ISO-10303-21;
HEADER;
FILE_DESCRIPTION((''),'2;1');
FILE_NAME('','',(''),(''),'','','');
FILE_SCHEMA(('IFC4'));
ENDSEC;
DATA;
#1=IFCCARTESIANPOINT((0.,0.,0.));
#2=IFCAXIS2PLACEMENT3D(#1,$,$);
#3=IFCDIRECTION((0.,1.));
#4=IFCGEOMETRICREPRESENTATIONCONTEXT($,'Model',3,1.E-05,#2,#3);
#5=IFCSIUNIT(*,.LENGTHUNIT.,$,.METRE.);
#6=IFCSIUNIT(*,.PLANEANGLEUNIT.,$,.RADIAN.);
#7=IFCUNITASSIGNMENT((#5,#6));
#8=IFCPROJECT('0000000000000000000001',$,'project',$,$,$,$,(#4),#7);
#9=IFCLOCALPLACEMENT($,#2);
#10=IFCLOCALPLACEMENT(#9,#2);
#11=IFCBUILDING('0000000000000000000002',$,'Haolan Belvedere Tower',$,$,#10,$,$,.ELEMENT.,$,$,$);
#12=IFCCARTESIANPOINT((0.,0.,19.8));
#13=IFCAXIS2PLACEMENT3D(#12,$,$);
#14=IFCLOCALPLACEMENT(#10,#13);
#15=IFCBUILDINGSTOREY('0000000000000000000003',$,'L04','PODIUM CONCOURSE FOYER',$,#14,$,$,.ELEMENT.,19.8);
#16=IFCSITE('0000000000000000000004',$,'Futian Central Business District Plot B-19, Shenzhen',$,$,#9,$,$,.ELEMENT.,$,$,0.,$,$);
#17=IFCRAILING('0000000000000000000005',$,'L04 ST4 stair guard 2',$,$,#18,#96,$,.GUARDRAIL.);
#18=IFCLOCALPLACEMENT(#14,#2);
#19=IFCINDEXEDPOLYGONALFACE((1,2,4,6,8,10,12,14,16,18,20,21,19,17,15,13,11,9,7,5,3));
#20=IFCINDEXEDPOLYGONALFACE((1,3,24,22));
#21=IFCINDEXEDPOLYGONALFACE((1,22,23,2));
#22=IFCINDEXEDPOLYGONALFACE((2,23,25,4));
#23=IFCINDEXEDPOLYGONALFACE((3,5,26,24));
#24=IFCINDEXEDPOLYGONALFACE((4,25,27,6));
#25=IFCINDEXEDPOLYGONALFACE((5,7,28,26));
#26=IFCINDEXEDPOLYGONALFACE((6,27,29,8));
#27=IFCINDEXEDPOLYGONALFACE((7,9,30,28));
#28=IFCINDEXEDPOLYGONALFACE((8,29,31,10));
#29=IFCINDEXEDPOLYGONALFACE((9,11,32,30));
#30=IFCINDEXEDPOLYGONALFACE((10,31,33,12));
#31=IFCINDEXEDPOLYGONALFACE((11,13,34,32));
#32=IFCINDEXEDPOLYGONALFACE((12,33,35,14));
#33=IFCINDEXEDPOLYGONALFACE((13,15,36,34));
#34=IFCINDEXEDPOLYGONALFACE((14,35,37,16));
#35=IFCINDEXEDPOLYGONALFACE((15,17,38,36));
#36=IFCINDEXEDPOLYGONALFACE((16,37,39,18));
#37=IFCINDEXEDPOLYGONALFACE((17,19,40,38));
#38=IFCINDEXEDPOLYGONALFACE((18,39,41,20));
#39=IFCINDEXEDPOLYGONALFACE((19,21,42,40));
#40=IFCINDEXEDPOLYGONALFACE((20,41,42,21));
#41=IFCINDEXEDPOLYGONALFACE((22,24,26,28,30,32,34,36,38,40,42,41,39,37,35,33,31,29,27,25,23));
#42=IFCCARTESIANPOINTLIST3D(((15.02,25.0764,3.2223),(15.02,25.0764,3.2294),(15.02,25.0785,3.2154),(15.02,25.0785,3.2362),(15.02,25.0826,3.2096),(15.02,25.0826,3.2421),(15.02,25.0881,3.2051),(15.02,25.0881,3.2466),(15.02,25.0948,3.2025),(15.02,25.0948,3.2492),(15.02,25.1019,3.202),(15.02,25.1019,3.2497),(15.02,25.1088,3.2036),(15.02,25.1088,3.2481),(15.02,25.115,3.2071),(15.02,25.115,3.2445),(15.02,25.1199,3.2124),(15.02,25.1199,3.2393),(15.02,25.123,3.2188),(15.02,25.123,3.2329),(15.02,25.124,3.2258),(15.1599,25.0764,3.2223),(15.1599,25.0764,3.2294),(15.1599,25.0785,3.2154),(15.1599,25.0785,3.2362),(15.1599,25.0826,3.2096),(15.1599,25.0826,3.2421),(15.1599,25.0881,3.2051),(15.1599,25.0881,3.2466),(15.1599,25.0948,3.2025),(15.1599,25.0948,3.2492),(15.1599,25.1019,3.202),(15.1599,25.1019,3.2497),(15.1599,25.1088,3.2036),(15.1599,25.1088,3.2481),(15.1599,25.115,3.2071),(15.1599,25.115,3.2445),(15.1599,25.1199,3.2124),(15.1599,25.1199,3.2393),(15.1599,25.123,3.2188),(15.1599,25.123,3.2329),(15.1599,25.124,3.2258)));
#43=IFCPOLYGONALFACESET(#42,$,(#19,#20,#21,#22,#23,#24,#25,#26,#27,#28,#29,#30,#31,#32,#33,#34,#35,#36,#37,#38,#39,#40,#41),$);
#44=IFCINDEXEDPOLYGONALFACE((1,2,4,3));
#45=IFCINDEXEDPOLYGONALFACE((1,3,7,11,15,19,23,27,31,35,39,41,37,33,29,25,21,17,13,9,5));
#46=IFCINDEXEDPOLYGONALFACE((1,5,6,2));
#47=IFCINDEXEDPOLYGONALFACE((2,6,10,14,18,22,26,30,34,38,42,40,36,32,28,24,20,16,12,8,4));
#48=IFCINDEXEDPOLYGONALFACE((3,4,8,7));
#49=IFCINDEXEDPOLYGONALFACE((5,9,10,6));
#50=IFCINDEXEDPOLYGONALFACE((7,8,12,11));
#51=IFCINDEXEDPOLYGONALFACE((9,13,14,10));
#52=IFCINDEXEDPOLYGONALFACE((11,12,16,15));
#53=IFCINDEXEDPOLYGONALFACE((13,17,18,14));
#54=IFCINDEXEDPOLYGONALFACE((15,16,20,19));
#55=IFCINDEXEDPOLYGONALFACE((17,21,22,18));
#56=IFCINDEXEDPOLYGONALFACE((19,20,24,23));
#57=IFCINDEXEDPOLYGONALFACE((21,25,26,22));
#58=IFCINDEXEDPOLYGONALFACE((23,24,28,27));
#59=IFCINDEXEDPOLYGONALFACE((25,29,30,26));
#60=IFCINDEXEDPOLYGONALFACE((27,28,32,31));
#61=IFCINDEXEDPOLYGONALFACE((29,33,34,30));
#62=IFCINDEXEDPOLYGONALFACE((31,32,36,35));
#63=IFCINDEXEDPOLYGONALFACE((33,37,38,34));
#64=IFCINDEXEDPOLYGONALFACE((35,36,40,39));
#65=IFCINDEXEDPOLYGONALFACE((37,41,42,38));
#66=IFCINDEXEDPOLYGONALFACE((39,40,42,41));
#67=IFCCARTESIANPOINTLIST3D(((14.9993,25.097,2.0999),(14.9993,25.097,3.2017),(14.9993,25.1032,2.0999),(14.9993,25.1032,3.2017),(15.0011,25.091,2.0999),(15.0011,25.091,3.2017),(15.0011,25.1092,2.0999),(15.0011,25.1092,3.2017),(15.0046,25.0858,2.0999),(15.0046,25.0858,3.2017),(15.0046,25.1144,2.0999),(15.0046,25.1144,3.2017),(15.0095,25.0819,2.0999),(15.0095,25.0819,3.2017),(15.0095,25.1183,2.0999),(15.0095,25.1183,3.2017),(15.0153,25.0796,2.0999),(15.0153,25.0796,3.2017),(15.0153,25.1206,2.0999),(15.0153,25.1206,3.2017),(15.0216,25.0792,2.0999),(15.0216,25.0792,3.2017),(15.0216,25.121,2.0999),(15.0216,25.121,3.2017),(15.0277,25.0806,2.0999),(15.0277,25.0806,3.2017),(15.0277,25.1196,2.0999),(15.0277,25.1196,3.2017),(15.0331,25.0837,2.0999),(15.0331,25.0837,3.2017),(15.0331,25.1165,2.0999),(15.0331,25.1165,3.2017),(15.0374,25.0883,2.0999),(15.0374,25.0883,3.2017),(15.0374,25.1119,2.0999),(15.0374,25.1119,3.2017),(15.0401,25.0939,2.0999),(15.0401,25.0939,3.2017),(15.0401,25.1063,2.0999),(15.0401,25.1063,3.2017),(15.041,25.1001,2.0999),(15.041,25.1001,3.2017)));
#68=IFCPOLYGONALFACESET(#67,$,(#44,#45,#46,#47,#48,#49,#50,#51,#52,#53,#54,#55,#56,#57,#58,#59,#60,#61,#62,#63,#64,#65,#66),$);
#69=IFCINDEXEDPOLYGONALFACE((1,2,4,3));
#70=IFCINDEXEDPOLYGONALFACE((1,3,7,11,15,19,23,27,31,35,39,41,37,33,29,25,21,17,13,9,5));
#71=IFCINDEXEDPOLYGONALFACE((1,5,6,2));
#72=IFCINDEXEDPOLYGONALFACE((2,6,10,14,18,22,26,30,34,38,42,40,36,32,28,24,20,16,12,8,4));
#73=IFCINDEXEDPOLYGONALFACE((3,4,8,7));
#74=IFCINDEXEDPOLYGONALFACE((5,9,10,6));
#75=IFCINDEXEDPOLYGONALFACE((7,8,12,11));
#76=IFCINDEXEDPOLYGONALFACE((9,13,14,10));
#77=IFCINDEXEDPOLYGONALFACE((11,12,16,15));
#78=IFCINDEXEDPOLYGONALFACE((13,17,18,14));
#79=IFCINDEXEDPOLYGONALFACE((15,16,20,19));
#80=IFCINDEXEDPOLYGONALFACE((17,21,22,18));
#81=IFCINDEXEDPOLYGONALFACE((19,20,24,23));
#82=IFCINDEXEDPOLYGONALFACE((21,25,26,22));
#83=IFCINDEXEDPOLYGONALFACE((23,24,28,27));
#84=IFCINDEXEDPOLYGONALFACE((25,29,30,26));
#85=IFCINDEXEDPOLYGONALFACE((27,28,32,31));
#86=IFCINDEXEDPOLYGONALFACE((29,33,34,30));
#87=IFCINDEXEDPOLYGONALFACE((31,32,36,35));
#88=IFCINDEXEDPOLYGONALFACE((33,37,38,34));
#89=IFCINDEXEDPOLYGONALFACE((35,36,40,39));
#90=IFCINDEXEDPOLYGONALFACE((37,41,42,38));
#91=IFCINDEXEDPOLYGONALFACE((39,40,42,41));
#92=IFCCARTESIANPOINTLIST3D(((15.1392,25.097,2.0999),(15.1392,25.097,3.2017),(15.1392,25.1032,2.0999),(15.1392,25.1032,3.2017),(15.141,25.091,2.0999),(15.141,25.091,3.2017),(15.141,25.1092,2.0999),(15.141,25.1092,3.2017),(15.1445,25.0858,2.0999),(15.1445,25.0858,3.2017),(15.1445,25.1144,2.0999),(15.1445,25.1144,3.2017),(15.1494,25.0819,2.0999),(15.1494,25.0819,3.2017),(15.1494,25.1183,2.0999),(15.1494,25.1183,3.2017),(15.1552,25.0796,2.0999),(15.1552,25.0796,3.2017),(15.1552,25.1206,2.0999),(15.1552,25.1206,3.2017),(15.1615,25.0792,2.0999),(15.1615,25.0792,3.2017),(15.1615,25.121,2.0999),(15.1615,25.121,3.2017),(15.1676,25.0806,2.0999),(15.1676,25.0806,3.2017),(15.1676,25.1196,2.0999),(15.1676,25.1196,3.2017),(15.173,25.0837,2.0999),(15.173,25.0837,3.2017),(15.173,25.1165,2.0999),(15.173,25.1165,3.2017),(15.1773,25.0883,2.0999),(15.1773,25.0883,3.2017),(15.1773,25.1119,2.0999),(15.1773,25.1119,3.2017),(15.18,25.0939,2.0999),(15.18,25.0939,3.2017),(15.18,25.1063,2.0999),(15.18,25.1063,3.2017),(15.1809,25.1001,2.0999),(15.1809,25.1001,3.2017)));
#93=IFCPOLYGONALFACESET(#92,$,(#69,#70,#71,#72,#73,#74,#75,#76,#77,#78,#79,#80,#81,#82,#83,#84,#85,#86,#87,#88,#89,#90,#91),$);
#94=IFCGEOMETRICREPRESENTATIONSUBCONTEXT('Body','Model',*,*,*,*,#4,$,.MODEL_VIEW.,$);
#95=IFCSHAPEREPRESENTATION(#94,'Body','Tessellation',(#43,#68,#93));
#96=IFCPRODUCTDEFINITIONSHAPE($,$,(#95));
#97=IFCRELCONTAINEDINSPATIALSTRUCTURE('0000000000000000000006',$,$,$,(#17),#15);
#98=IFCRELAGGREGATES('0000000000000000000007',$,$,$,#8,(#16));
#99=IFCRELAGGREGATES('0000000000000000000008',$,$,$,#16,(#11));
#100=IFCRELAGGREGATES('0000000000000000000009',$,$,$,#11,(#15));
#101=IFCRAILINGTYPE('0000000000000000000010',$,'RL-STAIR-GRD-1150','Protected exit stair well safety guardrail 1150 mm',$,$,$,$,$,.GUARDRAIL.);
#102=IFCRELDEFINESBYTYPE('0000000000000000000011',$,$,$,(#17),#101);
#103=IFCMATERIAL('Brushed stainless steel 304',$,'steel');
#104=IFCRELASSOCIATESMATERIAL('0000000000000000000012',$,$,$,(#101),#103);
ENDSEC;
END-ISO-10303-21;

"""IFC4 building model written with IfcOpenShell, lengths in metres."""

from ifc_helpers import new_model, si_unit, direction, frame, origin, origin_2d, place, context, subcontext, project, spatial, circle, extrude, material, type_object, element, save


model = new_model("IFC4")

# Units and contexts
model_context = context("Model", 3, precision=1e-05, world=origin(), true_north=direction((0.0, 1.0)))
body_context = subcontext(model_context, "Body", "Model", "MODEL_VIEW")
ifc_project = project(units=[si_unit("LENGTHUNIT", "METRE"), si_unit("PLANEANGLEUNIT", "RADIAN")], contexts=[model_context])

# Site, building, storey
site_placement = place(None, origin())
site = spatial("IfcSite", under=ifc_project, at=site_placement, Name="Futian Central Business District Plot B-19, Shenzhen", CompositionType="ELEMENT", RefElevation=0.0)
building_placement = place(site_placement, origin())
building = spatial("IfcBuilding", under=site, at=building_placement, Name="Haolan Belvedere Tower", CompositionType="ELEMENT")
storey_placement = place(building_placement, frame((0.0, 0.0, 19.8)))
storey = spatial("IfcBuildingStorey", under=building, at=storey_placement, Name="L04", Description="PODIUM CONCOURSE FOYER", CompositionType="ELEMENT", Elevation=19.8)

# Railing
ifc_material_1 = material(Name="Brushed stainless steel 304", Category="steel")
railing_type_1 = type_object("IfcRailingType", Name="RL-STAIR-GRD-1150", Description="Protected exit stair well safety guardrail 1150 mm", PredefinedType="GUARDRAIL", material=ifc_material_1)
railing_1_placement = place(storey_placement, frame((15.02, 25.1001, 2.0999)))
element("IfcRailing", 1, at=railing_1_placement, inside=storey, type_object=railing_type_1, Name="L04 ST4 stair guard 2", PredefinedType="GUARDRAIL", context=body_context, shape_type="SweptSolid", body=[
    extrude(circle(Radius=0.0239, at=origin_2d()), frame((0.0, 0.0, 1.126), z_axis=(1.0, 0.0, 0.0), x_axis=(0.0, 1.0, 0.0)), (0.0, 0.0, 1.0), 0.1399),
    extrude(circle(Radius=0.021, at=origin_2d()), origin(), (0.0, 0.0, 1.0), 1.1018),
    extrude(circle(Radius=0.021, at=origin_2d()), frame((0.1399, 0.0, 0.0)), (0.0, 0.0, 1.0), 1.1018),
])

save(model, "model.ifc")
